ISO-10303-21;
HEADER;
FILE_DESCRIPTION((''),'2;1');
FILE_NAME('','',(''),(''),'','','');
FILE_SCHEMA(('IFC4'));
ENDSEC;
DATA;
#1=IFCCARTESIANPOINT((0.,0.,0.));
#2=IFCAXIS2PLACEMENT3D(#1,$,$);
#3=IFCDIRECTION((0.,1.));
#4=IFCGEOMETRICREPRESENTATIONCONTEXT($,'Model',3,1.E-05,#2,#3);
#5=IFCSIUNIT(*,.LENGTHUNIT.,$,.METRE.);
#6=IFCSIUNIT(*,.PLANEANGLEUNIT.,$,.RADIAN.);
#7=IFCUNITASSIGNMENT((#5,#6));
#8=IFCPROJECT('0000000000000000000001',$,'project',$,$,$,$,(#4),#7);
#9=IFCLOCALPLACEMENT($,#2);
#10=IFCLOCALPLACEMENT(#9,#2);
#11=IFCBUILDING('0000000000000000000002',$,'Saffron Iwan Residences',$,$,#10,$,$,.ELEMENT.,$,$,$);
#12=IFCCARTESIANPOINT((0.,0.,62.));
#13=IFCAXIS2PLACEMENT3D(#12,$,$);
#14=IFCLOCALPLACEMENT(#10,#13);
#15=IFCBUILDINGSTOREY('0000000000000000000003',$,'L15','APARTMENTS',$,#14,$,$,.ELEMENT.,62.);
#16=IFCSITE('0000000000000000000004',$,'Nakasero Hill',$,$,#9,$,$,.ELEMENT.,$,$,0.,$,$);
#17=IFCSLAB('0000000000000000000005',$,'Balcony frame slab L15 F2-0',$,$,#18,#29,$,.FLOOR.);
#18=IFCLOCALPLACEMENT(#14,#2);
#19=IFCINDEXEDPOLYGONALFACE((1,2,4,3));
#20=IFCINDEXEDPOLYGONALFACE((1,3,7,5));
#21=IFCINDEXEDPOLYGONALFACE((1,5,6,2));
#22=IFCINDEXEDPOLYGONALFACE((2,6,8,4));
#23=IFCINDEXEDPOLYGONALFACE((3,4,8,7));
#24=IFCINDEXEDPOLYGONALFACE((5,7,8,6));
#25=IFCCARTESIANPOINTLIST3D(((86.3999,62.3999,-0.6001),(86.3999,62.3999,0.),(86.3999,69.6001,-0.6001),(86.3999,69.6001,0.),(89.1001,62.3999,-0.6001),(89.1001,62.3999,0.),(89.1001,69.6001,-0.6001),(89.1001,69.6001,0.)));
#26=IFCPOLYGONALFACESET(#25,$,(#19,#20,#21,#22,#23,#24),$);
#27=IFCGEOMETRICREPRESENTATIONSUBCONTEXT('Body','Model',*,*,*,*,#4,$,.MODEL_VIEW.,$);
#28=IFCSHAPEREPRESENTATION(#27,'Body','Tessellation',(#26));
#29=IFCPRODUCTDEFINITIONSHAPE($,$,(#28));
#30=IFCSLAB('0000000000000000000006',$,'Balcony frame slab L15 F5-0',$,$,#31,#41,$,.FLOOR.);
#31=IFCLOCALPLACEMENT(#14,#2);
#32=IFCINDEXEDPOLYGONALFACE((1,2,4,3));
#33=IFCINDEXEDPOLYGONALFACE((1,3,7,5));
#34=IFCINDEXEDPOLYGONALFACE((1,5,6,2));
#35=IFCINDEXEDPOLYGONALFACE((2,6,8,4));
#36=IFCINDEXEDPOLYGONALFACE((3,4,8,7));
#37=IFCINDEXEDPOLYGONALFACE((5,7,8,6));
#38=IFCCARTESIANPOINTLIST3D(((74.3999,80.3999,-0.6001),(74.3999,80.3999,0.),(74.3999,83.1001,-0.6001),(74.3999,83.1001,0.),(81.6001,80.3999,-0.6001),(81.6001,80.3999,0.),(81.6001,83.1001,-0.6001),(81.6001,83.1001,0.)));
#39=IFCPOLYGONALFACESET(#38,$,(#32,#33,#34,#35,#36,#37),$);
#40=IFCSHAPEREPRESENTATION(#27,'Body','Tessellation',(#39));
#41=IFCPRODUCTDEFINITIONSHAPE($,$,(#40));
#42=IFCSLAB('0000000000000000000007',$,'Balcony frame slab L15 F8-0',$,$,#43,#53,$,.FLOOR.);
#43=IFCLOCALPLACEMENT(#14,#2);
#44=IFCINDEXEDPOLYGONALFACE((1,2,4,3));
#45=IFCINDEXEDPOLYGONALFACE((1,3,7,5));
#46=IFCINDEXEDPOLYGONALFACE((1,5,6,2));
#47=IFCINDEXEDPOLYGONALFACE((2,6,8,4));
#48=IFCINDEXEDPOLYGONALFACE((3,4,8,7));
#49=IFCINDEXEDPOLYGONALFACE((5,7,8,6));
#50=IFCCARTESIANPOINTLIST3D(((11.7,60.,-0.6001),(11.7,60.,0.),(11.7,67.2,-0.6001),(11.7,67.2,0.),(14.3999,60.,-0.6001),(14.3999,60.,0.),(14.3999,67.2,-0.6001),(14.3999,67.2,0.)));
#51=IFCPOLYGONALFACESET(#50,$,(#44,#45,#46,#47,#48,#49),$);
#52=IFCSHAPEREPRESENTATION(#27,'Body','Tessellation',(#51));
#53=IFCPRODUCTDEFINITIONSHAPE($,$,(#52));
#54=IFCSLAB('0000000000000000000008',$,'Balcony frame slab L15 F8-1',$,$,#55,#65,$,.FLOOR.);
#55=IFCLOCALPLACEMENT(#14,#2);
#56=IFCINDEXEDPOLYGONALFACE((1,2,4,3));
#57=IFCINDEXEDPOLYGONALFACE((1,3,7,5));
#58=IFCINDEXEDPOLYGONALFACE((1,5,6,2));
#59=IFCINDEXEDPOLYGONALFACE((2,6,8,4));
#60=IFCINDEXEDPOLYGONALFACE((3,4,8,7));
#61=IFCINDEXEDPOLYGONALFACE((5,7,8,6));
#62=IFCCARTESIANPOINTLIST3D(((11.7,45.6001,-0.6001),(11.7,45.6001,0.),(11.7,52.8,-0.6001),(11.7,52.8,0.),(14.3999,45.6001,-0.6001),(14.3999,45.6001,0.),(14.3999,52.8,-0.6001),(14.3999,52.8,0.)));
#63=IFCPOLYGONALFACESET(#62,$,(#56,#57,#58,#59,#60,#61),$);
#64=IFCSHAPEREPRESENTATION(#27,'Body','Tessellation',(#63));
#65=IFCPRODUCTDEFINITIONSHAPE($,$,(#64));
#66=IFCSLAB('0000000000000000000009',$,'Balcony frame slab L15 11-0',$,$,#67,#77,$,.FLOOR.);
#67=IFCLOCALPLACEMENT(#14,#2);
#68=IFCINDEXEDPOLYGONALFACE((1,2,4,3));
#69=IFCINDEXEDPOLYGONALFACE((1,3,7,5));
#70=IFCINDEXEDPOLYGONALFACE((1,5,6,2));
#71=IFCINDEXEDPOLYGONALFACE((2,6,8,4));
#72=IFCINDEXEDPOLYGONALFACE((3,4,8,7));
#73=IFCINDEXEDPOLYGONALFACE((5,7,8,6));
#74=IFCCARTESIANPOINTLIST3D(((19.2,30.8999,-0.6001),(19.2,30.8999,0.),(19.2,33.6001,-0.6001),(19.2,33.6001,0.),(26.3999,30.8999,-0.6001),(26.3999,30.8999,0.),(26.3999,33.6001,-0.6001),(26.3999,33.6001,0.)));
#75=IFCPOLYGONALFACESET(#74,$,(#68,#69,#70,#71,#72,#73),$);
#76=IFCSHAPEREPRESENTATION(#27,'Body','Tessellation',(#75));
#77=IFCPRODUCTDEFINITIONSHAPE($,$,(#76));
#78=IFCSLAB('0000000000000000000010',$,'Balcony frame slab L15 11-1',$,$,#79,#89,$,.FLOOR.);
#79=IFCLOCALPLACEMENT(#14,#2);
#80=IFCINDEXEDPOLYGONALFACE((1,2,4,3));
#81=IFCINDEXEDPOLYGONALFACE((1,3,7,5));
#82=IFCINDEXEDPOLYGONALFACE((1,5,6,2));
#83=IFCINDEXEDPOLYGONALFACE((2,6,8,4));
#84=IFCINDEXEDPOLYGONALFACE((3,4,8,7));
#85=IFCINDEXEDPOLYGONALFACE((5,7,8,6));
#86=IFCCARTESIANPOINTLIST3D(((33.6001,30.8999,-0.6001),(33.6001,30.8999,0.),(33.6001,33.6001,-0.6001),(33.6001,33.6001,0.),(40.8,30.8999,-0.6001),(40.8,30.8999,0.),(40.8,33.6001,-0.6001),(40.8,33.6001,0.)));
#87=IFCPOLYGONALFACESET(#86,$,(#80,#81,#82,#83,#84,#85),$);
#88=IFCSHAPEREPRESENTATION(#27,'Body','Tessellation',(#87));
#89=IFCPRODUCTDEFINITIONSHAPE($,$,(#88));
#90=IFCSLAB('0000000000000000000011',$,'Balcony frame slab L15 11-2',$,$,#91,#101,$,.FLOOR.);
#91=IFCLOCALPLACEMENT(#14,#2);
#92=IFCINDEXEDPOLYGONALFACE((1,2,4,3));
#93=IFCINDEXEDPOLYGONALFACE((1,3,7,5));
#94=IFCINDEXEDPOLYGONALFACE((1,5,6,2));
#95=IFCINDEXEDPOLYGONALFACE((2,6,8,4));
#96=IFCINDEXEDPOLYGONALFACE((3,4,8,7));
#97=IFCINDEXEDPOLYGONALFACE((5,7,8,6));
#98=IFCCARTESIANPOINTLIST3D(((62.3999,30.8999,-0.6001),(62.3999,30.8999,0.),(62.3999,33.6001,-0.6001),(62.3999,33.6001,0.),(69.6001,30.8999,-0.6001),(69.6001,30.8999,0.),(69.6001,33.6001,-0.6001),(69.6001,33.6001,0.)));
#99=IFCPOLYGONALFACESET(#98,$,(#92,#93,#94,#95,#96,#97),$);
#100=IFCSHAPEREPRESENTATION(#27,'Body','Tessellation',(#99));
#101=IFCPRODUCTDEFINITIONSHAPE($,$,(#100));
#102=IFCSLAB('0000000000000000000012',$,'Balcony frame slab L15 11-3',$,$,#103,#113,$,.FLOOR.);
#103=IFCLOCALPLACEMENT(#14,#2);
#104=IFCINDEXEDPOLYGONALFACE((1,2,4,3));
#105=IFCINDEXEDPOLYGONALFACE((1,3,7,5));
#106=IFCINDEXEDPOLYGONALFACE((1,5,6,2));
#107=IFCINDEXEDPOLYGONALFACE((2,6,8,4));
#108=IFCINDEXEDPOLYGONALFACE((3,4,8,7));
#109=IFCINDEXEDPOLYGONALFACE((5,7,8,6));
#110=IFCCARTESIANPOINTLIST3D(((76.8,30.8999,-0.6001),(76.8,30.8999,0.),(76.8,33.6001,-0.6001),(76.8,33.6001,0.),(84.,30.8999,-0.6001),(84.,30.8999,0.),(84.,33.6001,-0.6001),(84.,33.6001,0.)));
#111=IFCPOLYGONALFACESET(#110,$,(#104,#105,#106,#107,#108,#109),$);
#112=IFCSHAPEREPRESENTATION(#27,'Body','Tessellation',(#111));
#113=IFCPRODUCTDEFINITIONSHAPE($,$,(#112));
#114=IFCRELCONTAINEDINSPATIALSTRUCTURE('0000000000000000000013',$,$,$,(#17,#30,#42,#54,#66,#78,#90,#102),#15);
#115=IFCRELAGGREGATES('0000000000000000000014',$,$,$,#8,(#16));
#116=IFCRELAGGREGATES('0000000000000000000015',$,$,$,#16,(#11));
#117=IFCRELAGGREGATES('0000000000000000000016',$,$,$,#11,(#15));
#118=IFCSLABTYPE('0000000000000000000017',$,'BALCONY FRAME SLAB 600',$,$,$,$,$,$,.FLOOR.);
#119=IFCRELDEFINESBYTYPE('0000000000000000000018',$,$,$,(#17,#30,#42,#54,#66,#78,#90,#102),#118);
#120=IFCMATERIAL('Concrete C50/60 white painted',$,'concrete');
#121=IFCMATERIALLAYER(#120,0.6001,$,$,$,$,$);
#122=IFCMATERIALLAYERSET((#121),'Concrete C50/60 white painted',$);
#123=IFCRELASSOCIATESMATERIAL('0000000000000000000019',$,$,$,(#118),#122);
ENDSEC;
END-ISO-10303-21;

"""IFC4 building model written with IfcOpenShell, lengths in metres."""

from ifc_helpers import new_model, si_unit, direction, frame, origin, place, context, subcontext, project, spatial, polyline, outline, extrude, material, layer, layer_set, type_object, element, save


model = new_model("IFC4")

# Units and contexts
model_context = context("Model", 3, precision=1e-05, world=origin(), true_north=direction((0.0, 1.0)))
body_context = subcontext(model_context, "Body", "Model", "MODEL_VIEW")
ifc_project = project(units=[si_unit("LENGTHUNIT", "METRE"), si_unit("PLANEANGLEUNIT", "RADIAN")], contexts=[model_context])

# Site, building, storey
site_placement = place(None, origin())
site = spatial("IfcSite", under=ifc_project, at=site_placement, Name="Nakasero Hill", CompositionType="ELEMENT", RefElevation=0.0)
building_placement = place(site_placement, origin())
building = spatial("IfcBuilding", under=site, at=building_placement, Name="Saffron Iwan Residences", CompositionType="ELEMENT")
storey_placement = place(building_placement, frame((0.0, 0.0, 62.0)))
storey = spatial("IfcBuildingStorey", under=building, at=storey_placement, Name="L15", Description="APARTMENTS", CompositionType="ELEMENT", Elevation=62.0)

# Slabs
ifc_material_1 = material(Name="Concrete C50/60 white painted", Category="concrete")
ifc_layer_1 = layer(ifc_material_1, 0.6001)
ifc_layer_set_1 = layer_set([ifc_layer_1], Name="Concrete C50/60 white painted")
slab_type_1 = type_object("IfcSlabType", Name="BALCONY FRAME SLAB 600", PredefinedType="FLOOR", material=ifc_layer_set_1)
slab_1_placement = place(storey_placement, frame((0.0, 0.0, -0.6001)))
element("IfcSlab", 1, at=slab_1_placement, inside=storey, type_object=slab_type_1, Name="Balcony frame slab L15 F2-0", PredefinedType="FLOOR", context=body_context, shape_type="SweptSolid", body=[
    extrude(outline(polyline([(89.1001, 62.3999), (89.1001, 69.6001), (86.3999, 69.6001), (86.3999, 62.3999), (89.1001, 62.3999)])), origin(), (0.0, 0.0, 1.0), 0.6001),
])
slab_2_placement = place(storey_placement, frame((0.0, 0.0, -0.6001)))
element("IfcSlab", 2, at=slab_2_placement, inside=storey, type_object=slab_type_1, Name="Balcony frame slab L15 F5-0", PredefinedType="FLOOR", context=body_context, shape_type="SweptSolid", body=[
    extrude(outline(polyline([(81.6001, 83.1001), (74.3999, 83.1001), (74.3999, 80.3999), (81.6001, 80.3999), (81.6001, 83.1001)])), origin(), (0.0, 0.0, 1.0), 0.6001),
])
slab_3_placement = place(storey_placement, frame((0.0, 0.0, -0.6001)))
element("IfcSlab", 3, at=slab_3_placement, inside=storey, type_object=slab_type_1, Name="Balcony frame slab L15 F8-0", PredefinedType="FLOOR", context=body_context, shape_type="SweptSolid", body=[
    extrude(outline(polyline([(11.7, 67.2), (11.7, 60.0), (14.3999, 60.0), (14.3999, 67.2), (11.7, 67.2)])), origin(), (0.0, 0.0, 1.0), 0.6001),
])
slab_4_placement = place(storey_placement, frame((0.0, 0.0, -0.6001)))
element("IfcSlab", 4, at=slab_4_placement, inside=storey, type_object=slab_type_1, Name="Balcony frame slab L15 F8-1", PredefinedType="FLOOR", context=body_context, shape_type="SweptSolid", body=[
    extrude(outline(polyline([(11.7, 52.8), (11.7, 45.6001), (14.3999, 45.6001), (14.3999, 52.8), (11.7, 52.8)])), origin(), (0.0, 0.0, 1.0), 0.6001),
])
slab_5_placement = place(storey_placement, frame((0.0, 0.0, -0.6001)))
element("IfcSlab", 5, at=slab_5_placement, inside=storey, type_object=slab_type_1, Name="Balcony frame slab L15 11-0", PredefinedType="FLOOR", context=body_context, shape_type="SweptSolid", body=[
    extrude(outline(polyline([(19.2, 30.8999), (26.3999, 30.8999), (26.3999, 33.6001), (19.2, 33.6001), (19.2, 30.8999)])), origin(), (0.0, 0.0, 1.0), 0.6001),
])
slab_6_placement = place(storey_placement, frame((0.0, 0.0, -0.6001)))
element("IfcSlab", 6, at=slab_6_placement, inside=storey, type_object=slab_type_1, Name="Balcony frame slab L15 11-1", PredefinedType="FLOOR", context=body_context, shape_type="SweptSolid", body=[
    extrude(outline(polyline([(33.6001, 30.8999), (40.8, 30.8999), (40.8, 33.6001), (33.6001, 33.6001), (33.6001, 30.8999)])), origin(), (0.0, 0.0, 1.0), 0.6001),
])
slab_7_placement = place(storey_placement, frame((0.0, 0.0, -0.6001)))
element("IfcSlab", 7, at=slab_7_placement, inside=storey, type_object=slab_type_1, Name="Balcony frame slab L15 11-2", PredefinedType="FLOOR", context=body_context, shape_type="SweptSolid", body=[
    extrude(outline(polyline([(62.3999, 30.8999), (69.6001, 30.8999), (69.6001, 33.6001), (62.3999, 33.6001), (62.3999, 30.8999)])), origin(), (0.0, 0.0, 1.0), 0.6001),
])
slab_8_placement = place(storey_placement, frame((0.0, 0.0, -0.6001)))
element("IfcSlab", 8, at=slab_8_placement, inside=storey, type_object=slab_type_1, Name="Balcony frame slab L15 11-3", PredefinedType="FLOOR", context=body_context, shape_type="SweptSolid", body=[
    extrude(outline(polyline([(76.8, 30.8999), (84.0, 30.8999), (84.0, 33.6001), (76.8, 33.6001), (76.8, 30.8999)])), origin(), (0.0, 0.0, 1.0), 0.6001),
])

save(model, "model.ifc")
